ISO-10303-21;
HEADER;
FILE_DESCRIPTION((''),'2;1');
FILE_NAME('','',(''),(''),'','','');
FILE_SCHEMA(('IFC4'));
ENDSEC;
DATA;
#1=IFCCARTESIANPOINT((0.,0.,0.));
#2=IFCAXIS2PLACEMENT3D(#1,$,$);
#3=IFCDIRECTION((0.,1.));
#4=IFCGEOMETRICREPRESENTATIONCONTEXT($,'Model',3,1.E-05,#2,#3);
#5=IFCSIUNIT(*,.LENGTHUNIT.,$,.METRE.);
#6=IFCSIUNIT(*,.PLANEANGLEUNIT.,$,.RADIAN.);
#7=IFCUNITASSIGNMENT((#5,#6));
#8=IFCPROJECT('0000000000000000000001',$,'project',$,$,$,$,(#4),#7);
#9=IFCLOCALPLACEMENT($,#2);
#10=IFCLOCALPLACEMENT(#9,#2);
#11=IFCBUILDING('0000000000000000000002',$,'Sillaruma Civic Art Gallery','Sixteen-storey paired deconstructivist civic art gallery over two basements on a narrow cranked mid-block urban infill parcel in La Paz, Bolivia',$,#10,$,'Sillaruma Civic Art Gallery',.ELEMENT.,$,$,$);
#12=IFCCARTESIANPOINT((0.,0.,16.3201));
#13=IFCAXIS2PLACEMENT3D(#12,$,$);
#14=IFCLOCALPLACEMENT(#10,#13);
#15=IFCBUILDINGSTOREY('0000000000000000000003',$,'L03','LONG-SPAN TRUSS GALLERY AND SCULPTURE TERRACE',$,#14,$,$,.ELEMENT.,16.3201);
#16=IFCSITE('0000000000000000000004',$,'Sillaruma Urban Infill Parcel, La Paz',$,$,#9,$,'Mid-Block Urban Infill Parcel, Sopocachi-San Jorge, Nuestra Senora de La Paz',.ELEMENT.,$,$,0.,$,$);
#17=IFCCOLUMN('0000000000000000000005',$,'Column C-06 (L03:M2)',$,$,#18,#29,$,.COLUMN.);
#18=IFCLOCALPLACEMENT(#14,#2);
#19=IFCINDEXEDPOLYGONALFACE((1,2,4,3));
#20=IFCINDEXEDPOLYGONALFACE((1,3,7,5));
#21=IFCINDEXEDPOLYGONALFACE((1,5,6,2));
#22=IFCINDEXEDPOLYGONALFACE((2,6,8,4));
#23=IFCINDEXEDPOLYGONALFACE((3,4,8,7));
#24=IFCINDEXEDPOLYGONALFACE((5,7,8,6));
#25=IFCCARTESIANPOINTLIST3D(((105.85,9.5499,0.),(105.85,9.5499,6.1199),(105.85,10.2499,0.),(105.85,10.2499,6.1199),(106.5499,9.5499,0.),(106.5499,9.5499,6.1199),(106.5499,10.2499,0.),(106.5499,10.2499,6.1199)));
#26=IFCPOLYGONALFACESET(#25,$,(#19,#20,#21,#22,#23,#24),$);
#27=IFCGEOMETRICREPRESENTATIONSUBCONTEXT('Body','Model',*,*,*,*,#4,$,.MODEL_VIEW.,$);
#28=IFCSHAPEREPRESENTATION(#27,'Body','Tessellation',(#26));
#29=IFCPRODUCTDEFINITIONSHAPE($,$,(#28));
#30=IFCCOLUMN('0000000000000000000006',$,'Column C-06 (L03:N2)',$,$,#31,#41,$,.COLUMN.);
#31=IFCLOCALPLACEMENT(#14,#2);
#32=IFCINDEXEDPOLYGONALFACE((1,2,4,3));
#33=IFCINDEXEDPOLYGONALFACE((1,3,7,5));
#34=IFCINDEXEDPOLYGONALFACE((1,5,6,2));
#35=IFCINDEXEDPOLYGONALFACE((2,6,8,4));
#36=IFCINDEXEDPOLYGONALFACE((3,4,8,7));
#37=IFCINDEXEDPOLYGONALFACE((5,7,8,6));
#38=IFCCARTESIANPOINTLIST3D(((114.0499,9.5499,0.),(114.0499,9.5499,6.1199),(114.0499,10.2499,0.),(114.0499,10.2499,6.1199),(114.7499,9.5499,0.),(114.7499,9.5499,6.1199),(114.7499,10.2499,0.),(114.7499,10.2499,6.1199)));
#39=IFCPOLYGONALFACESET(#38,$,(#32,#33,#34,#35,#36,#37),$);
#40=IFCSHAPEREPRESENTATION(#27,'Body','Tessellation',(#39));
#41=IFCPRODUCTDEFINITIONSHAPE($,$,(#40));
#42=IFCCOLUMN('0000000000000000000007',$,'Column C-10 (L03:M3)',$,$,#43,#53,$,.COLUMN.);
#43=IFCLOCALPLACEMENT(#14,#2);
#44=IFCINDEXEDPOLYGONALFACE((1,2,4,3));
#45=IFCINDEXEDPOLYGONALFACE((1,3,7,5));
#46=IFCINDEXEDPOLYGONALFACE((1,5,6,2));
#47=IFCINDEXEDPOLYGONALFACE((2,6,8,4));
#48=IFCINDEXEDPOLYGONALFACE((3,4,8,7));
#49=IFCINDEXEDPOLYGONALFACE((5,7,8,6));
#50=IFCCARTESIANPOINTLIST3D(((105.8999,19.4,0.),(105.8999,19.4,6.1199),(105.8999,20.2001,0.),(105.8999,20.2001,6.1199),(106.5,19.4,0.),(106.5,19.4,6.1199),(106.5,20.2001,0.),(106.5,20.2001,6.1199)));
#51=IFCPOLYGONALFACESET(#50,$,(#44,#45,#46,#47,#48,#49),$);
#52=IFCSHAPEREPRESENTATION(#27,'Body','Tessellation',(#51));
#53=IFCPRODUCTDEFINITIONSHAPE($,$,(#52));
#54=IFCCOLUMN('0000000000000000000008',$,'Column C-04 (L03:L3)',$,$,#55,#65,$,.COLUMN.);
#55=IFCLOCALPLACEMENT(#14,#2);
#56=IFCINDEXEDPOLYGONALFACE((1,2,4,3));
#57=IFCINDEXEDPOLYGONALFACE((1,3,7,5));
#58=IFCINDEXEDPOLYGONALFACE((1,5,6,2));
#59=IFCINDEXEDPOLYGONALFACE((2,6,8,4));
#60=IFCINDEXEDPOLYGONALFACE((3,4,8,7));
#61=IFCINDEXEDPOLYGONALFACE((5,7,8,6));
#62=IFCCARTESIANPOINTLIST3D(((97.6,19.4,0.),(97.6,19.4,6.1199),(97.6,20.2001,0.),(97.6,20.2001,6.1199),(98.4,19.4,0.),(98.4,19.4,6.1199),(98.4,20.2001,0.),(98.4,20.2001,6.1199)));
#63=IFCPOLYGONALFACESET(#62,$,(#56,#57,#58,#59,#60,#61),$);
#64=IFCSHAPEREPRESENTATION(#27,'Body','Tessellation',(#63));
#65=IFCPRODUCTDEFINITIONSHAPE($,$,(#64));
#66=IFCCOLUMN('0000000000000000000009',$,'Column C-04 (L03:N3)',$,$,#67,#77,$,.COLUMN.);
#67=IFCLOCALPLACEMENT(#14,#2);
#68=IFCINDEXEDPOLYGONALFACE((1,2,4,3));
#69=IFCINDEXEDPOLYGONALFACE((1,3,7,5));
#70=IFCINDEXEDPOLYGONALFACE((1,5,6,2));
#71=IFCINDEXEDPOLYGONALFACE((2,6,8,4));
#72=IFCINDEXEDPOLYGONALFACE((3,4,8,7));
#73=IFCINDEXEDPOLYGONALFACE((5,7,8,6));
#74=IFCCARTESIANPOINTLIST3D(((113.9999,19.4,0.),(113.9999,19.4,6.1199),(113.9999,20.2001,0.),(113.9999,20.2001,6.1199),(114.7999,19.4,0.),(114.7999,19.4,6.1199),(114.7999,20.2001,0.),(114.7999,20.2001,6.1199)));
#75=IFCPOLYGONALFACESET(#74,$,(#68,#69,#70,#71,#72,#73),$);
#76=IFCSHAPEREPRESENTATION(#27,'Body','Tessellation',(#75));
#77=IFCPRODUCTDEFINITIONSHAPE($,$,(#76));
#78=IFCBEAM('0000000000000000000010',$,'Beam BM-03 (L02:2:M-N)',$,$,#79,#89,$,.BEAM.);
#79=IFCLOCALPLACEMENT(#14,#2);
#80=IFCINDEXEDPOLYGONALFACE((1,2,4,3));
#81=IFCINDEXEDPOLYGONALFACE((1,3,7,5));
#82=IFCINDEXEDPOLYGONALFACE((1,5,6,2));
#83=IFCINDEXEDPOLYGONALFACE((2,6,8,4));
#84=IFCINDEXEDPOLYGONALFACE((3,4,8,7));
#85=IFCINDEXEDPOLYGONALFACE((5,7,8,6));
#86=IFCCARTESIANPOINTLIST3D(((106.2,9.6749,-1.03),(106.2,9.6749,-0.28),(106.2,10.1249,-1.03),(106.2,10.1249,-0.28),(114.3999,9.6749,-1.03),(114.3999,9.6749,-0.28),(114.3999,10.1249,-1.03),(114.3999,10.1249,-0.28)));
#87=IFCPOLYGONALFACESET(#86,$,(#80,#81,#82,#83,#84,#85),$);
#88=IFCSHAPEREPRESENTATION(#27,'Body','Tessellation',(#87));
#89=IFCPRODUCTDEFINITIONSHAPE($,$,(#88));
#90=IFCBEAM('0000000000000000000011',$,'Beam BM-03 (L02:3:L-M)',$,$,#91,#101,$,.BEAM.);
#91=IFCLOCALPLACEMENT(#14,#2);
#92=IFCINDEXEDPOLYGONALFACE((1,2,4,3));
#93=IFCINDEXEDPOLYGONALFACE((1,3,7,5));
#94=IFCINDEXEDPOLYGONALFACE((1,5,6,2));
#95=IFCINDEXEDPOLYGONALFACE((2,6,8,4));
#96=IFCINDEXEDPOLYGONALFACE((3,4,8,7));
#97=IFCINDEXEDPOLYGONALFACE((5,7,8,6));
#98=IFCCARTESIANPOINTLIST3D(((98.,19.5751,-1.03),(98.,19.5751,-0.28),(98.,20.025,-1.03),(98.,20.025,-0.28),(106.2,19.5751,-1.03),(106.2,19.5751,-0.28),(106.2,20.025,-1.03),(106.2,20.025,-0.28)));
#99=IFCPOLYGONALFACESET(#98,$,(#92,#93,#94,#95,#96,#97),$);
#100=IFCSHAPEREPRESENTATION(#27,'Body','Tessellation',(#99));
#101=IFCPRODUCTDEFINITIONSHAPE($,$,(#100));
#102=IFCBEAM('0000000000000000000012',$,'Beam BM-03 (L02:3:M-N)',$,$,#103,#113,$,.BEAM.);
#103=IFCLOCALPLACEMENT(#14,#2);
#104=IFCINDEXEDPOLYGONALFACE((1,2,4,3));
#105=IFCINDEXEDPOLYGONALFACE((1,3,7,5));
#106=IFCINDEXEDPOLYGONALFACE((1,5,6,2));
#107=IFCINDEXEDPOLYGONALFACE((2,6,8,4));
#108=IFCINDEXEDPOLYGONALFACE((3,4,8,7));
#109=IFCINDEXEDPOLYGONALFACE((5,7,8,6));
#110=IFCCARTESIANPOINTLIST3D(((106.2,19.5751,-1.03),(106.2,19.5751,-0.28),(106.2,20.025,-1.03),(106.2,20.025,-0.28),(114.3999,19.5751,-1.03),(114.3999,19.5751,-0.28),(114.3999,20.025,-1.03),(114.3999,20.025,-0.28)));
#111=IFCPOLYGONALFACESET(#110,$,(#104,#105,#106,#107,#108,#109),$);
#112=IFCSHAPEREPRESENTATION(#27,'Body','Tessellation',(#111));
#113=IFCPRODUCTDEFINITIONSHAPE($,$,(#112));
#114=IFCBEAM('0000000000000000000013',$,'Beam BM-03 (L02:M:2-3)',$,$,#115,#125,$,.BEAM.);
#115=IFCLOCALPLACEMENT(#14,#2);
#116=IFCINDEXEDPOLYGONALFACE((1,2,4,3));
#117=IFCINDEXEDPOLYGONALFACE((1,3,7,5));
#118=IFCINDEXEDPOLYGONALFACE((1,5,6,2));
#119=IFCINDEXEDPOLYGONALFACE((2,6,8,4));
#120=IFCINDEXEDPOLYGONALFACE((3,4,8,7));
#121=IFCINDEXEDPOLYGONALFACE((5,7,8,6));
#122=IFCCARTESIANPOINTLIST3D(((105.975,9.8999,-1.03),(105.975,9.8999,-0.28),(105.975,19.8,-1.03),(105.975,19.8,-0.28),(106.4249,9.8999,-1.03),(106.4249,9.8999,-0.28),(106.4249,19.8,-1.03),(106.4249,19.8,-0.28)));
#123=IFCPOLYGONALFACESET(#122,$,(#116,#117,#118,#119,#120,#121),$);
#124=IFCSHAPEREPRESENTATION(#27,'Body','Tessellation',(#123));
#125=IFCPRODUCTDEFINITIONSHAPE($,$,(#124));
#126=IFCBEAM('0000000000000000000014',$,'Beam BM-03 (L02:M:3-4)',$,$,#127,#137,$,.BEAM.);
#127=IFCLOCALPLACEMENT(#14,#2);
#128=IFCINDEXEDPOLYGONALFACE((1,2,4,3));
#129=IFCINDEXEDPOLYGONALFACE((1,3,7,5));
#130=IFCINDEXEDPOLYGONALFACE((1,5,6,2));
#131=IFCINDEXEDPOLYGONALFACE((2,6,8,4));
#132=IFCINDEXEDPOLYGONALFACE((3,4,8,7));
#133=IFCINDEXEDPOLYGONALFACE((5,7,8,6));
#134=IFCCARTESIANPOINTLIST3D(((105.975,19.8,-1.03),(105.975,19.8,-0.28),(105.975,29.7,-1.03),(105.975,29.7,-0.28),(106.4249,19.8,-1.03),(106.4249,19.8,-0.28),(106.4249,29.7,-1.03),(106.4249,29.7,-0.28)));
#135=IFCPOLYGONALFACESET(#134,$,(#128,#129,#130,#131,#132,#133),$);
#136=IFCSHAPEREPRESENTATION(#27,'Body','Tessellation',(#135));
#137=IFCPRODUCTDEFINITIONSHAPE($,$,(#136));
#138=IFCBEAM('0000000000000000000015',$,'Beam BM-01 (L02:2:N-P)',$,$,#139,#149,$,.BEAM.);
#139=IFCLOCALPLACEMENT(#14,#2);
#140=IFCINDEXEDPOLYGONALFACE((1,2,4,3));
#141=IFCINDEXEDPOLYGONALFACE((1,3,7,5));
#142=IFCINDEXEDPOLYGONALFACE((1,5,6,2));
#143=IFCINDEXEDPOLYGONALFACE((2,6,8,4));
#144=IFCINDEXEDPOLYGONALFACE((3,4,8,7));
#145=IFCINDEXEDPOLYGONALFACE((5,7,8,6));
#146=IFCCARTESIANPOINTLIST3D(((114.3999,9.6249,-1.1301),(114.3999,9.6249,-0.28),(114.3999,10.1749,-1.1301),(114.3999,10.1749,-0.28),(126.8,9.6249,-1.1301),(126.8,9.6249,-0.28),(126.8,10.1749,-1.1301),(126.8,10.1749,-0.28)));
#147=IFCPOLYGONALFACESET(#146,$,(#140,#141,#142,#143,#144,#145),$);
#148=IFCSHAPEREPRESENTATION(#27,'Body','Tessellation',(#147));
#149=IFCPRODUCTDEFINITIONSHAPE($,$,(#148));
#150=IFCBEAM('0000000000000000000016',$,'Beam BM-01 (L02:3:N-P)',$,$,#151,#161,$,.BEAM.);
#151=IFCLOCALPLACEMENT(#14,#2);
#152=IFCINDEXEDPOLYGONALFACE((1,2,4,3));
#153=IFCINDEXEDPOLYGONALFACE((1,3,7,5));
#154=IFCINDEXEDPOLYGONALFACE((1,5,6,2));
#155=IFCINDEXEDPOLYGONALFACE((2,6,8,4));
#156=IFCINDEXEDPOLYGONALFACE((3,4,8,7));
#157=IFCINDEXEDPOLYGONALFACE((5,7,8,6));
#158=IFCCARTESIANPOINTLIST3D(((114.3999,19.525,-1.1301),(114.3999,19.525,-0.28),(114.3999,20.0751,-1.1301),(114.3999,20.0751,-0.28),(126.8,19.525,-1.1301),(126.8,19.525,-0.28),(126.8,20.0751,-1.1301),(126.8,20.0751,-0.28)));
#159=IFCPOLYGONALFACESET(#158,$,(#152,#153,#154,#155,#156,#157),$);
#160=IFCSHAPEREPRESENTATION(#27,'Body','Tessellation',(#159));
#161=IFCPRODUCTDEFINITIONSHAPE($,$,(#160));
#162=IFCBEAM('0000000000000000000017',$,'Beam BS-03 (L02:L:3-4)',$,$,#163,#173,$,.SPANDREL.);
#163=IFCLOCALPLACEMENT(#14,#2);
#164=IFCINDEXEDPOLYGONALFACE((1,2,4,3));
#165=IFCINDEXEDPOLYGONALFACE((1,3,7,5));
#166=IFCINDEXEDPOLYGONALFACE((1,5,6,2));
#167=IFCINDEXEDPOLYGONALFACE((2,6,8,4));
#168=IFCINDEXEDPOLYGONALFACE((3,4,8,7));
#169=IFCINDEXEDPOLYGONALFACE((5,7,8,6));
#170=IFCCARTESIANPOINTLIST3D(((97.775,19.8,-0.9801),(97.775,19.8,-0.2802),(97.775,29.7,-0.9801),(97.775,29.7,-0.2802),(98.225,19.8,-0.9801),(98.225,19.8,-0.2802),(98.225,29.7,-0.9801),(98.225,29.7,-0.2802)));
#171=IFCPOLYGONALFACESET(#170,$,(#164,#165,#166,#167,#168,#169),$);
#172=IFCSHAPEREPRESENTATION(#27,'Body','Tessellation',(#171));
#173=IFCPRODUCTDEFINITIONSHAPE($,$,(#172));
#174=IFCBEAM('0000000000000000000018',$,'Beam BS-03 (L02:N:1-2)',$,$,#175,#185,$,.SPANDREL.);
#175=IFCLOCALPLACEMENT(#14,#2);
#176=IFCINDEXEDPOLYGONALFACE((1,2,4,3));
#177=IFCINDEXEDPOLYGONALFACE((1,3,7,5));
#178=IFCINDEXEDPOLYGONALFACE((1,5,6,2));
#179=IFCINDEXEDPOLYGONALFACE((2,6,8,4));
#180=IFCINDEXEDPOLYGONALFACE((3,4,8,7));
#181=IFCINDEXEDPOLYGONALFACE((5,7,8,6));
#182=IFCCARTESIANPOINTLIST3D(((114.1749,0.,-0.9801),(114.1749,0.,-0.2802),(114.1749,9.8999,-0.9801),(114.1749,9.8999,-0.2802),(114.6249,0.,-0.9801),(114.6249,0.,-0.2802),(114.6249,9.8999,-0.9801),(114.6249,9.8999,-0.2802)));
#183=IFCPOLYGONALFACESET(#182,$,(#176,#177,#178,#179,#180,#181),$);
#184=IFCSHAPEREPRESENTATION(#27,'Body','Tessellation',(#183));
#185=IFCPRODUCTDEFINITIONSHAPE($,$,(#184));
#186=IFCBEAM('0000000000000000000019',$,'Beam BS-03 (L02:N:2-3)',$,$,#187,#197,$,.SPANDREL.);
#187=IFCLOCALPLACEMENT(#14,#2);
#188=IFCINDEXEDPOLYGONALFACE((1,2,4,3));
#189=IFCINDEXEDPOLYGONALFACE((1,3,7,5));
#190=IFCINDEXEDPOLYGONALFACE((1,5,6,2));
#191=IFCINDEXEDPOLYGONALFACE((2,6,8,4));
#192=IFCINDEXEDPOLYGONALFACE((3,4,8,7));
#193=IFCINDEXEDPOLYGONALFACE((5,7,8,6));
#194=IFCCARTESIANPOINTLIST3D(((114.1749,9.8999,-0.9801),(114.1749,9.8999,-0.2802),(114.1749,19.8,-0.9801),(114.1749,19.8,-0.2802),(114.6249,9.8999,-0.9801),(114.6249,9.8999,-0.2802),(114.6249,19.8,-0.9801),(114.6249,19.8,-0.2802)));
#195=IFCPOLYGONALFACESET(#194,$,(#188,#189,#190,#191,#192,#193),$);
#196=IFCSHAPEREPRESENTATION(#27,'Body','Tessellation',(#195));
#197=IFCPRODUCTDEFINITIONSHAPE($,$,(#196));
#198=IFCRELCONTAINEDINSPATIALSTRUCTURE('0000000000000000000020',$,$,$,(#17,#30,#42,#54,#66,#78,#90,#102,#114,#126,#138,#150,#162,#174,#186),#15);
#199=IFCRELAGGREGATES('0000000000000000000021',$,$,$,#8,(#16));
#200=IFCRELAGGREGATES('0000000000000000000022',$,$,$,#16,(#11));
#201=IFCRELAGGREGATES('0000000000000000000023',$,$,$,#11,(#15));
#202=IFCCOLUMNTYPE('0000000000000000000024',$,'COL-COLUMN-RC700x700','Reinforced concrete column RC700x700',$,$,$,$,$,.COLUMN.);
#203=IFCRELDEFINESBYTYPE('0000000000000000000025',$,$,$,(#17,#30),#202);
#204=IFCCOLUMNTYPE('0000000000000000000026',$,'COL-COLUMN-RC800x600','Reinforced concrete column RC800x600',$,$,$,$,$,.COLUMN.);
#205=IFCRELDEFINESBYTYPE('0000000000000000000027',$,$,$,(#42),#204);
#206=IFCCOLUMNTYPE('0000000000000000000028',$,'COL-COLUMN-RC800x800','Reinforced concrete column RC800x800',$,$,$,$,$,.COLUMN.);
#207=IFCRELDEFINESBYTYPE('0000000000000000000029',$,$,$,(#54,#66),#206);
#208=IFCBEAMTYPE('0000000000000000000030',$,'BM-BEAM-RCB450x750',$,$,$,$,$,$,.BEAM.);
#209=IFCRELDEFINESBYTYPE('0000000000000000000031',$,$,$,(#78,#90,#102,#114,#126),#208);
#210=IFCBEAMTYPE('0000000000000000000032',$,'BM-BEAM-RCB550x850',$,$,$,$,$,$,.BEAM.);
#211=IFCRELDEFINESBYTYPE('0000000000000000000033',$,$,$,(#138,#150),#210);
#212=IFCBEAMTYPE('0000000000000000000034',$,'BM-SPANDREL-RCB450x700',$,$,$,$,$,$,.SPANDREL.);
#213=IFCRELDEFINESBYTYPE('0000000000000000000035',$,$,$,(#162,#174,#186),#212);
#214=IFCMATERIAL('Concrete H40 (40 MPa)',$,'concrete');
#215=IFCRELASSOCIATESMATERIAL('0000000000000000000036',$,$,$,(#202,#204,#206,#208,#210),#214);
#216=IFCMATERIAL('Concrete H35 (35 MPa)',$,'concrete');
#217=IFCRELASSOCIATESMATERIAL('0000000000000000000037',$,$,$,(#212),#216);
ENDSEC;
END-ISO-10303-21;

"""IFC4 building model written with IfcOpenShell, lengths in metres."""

from ifc_helpers import new_model, si_unit, direction, frame, origin, origin_2d, place, context, subcontext, project, spatial, rectangle, extrude, material, material_profile, profile_set, type_object, element, save


model = new_model("IFC4")

# Units and contexts
model_context = context("Model", 3, precision=1e-05, world=origin(), true_north=direction((0.0, 1.0)))
body_context = subcontext(model_context, "Body", "Model", "MODEL_VIEW")
ifc_project = project(units=[si_unit("LENGTHUNIT", "METRE"), si_unit("PLANEANGLEUNIT", "RADIAN")], contexts=[model_context])

# Site, building, storey
site_placement = place(None, origin())
site = spatial("IfcSite", under=ifc_project, at=site_placement, Name="Sillaruma Urban Infill Parcel, La Paz", LongName="Mid-Block Urban Infill Parcel, Sopocachi-San Jorge, Nuestra Senora de La Paz", CompositionType="ELEMENT", RefElevation=0.0)
building_placement = place(site_placement, origin())
building = spatial("IfcBuilding", under=site, at=building_placement, Name="Sillaruma Civic Art Gallery", Description="Sixteen-storey paired deconstructivist civic art gallery over two basements on a narrow cranked mid-block urban infill parcel in La Paz, Bolivia", LongName="Sillaruma Civic Art Gallery", CompositionType="ELEMENT")
storey_placement = place(building_placement, frame((0.0, 0.0, 16.3201)))
storey = spatial("IfcBuildingStorey", under=building, at=storey_placement, Name="L03", Description="LONG-SPAN TRUSS GALLERY AND SCULPTURE TERRACE", CompositionType="ELEMENT", Elevation=16.3201)

# Columns
ifc_material_1 = material(Name="Concrete H40 (40 MPa)", Category="concrete")
ifc_material_profile_1 = material_profile(ifc_material_1, rectangle(XDim=0.7, YDim=0.7, at=origin_2d()), Name="RC700x700")
ifc_profile_set_1 = profile_set([ifc_material_profile_1], Name="Concrete H40 (40 MPa)")
column_type_1 = type_object("IfcColumnType", Name="COL-COLUMN-RC700x700", Description="Reinforced concrete column RC700x700", PredefinedType="COLUMN", material=ifc_profile_set_1)
for number, where, z_axis, x_axis, name in (
    (1, (106.2, 9.8999, 0.0), (0.0, 0.0, 1.0), (1.0, 0.0, 0.0), "Column C-06 (L03:M2)"),
    (2, (114.3999, 9.8999, 0.0), (0.0, 0.0, 1.0), (1.0, 0.0, 0.0), "Column C-06 (L03:N2)"),
):
    element("IfcColumn", number, at=place(storey_placement, frame(where, z_axis=z_axis, x_axis=x_axis)), inside=storey, type_object=column_type_1, Name=name, PredefinedType="COLUMN", context=body_context, shape_type="SweptSolid", body=[
        extrude(rectangle(XDim=0.7, YDim=0.7, at=origin_2d()), origin(), (0.0, 0.0, 1.0), 6.1199),
    ])
ifc_material_profile_2 = material_profile(ifc_material_1, rectangle(XDim=0.6001, YDim=0.8, at=origin_2d()), Name="RC800x600")
ifc_profile_set_2 = profile_set([ifc_material_profile_2], Name="Concrete H40 (40 MPa)")
column_type_2 = type_object("IfcColumnType", Name="COL-COLUMN-RC800x600", Description="Reinforced concrete column RC800x600", PredefinedType="COLUMN", material=ifc_profile_set_2)
column_placement = place(storey_placement, frame((106.2, 19.8, 0.0), z_axis=(0.0, 0.0, 1.0), x_axis=(1.0, 0.0, 0.0)))
element("IfcColumn", 3, at=column_placement, inside=storey, type_object=column_type_2, Name="Column C-10 (L03:M3)", PredefinedType="COLUMN", context=body_context, shape_type="SweptSolid", body=[
    extrude(rectangle(XDim=0.6001, YDim=0.8, at=origin_2d()), origin(), (0.0, 0.0, 1.0), 6.1199),
])
ifc_material_profile_3 = material_profile(ifc_material_1, rectangle(XDim=0.8, YDim=0.8, at=origin_2d()), Name="RC800x800")
ifc_profile_set_3 = profile_set([ifc_material_profile_3], Name="Concrete H40 (40 MPa)")
column_type_3 = type_object("IfcColumnType", Name="COL-COLUMN-RC800x800", Description="Reinforced concrete column RC800x800", PredefinedType="COLUMN", material=ifc_profile_set_3)
for number, where, z_axis, x_axis, name in (
    (4, (98.0, 19.8, 0.0), (0.0, 0.0, 1.0), (1.0, 0.0, 0.0), "Column C-04 (L03:L3)"),
    (5, (114.3999, 19.8, 0.0), (0.0, 0.0, 1.0), (1.0, 0.0, 0.0), "Column C-04 (L03:N3)"),
):
    element("IfcColumn", number, at=place(storey_placement, frame(where, z_axis=z_axis, x_axis=x_axis)), inside=storey, type_object=column_type_3, Name=name, PredefinedType="COLUMN", context=body_context, shape_type="SweptSolid", body=[
        extrude(rectangle(XDim=0.8, YDim=0.8, at=origin_2d()), origin(), (0.0, 0.0, 1.0), 6.1199),
    ])

# Beams
ifc_material_profile_4 = material_profile(ifc_material_1, rectangle(XDim=0.45, YDim=0.75, at=origin_2d()), Name="RCB450x750")
ifc_profile_set_4 = profile_set([ifc_material_profile_4], Name="Concrete H40 (40 MPa)")
beam_type_1 = type_object("IfcBeamType", Name="BM-BEAM-RCB450x750", PredefinedType="BEAM", material=ifc_profile_set_4)
for number, where, z_axis, x_axis, name in (
    (6, (106.2, 9.8999, -0.655), (1.0, 0.0, 0.0), (0.0, 1.0, 0.0), "Beam BM-03 (L02:2:M-N)"),
    (7, (98.0, 19.8, -0.655), (1.0, 0.0, 0.0), (0.0, 1.0, 0.0), "Beam BM-03 (L02:3:L-M)"),
    (8, (106.2, 19.8, -0.655), (1.0, 0.0, 0.0), (0.0, 1.0, 0.0), "Beam BM-03 (L02:3:M-N)"),
):
    element("IfcBeam", number, at=place(storey_placement, frame(where, z_axis=z_axis, x_axis=x_axis)), inside=storey, type_object=beam_type_1, Name=name, PredefinedType="BEAM", context=body_context, shape_type="SweptSolid", body=[
        extrude(rectangle(XDim=0.45, YDim=0.75, at=origin_2d()), origin(), (0.0, 0.0, 1.0), 8.2),
    ])
beam_1_placement = place(storey_placement, frame((106.2, 9.8999, -0.655), z_axis=(0.0, 1.0, 0.0), x_axis=(-1.0, 0.0, 0.0)))
element("IfcBeam", 9, at=beam_1_placement, inside=storey, type_object=beam_type_1, Name="Beam BM-03 (L02:M:2-3)", PredefinedType="BEAM", context=body_context, shape_type="SweptSolid", body=[
    extrude(rectangle(XDim=0.45, YDim=0.75, at=origin_2d()), origin(), (0.0, 0.0, 1.0), 9.9001),
])
beam_2_placement = place(storey_placement, frame((106.2, 19.8, -0.655), z_axis=(0.0, 1.0, 0.0), x_axis=(-1.0, 0.0, 0.0)))
element("IfcBeam", 10, at=beam_2_placement, inside=storey, type_object=beam_type_1, Name="Beam BM-03 (L02:M:3-4)", PredefinedType="BEAM", context=body_context, shape_type="SweptSolid", body=[
    extrude(rectangle(XDim=0.45, YDim=0.75, at=origin_2d()), origin(), (0.0, 0.0, 1.0), 9.8999),
])
ifc_material_profile_5 = material_profile(ifc_material_1, rectangle(XDim=0.55, YDim=0.8501, at=origin_2d()), Name="RCB550x850")
ifc_profile_set_5 = profile_set([ifc_material_profile_5], Name="Concrete H40 (40 MPa)")
beam_type_2 = type_object("IfcBeamType", Name="BM-BEAM-RCB550x850", PredefinedType="BEAM", material=ifc_profile_set_5)
for number, where, z_axis, x_axis, name in (
    (11, (114.3999, 9.8999, -0.7051), (1.0, 0.0, 0.0), (0.0, 1.0, 0.0), "Beam BM-01 (L02:2:N-P)"),
    (12, (114.3999, 19.8, -0.7051), (1.0, 0.0, 0.0), (0.0, 1.0, 0.0), "Beam BM-01 (L02:3:N-P)"),
):
    element("IfcBeam", number, at=place(storey_placement, frame(where, z_axis=z_axis, x_axis=x_axis)), inside=storey, type_object=beam_type_2, Name=name, PredefinedType="BEAM", context=body_context, shape_type="SweptSolid", body=[
        extrude(rectangle(XDim=0.55, YDim=0.8501, at=origin_2d()), origin(), (0.0, 0.0, 1.0), 12.4001),
    ])
ifc_material_2 = material(Name="Concrete H35 (35 MPa)", Category="concrete")
ifc_material_profile_6 = material_profile(ifc_material_2, rectangle(XDim=0.45, YDim=0.7, at=origin_2d()), Name="RCB450x700")
ifc_profile_set_6 = profile_set([ifc_material_profile_6], Name="Concrete H35 (35 MPa)")
beam_type_3 = type_object("IfcBeamType", Name="BM-SPANDREL-RCB450x700", PredefinedType="SPANDREL", material=ifc_profile_set_6)
for number, where, z_axis, x_axis, name in (
    (13, (98.0, 19.8, -0.6301), (0.0, 1.0, 0.0), (-1.0, 0.0, 0.0), "Beam BS-03 (L02:L:3-4)"),
    (14, (114.3999, 0.0, -0.6301), (0.0, 1.0, 0.0), (-1.0, 0.0, 0.0), "Beam BS-03 (L02:N:1-2)"),
):
    element("IfcBeam", number, at=place(storey_placement, frame(where, z_axis=z_axis, x_axis=x_axis)), inside=storey, type_object=beam_type_3, Name=name, PredefinedType="SPANDREL", context=body_context, shape_type="SweptSolid", body=[
        extrude(rectangle(XDim=0.45, YDim=0.7, at=origin_2d()), origin(), (0.0, 0.0, 1.0), 9.8999),
    ])
beam_3_placement = place(storey_placement, frame((114.3999, 9.8999, -0.6301), z_axis=(0.0, 1.0, 0.0), x_axis=(-1.0, 0.0, 0.0)))
element("IfcBeam", 15, at=beam_3_placement, inside=storey, type_object=beam_type_3, Name="Beam BS-03 (L02:N:2-3)", PredefinedType="SPANDREL", context=body_context, shape_type="SweptSolid", body=[
    extrude(rectangle(XDim=0.45, YDim=0.7, at=origin_2d()), origin(), (0.0, 0.0, 1.0), 9.9001),
])

save(model, "model.ifc")
